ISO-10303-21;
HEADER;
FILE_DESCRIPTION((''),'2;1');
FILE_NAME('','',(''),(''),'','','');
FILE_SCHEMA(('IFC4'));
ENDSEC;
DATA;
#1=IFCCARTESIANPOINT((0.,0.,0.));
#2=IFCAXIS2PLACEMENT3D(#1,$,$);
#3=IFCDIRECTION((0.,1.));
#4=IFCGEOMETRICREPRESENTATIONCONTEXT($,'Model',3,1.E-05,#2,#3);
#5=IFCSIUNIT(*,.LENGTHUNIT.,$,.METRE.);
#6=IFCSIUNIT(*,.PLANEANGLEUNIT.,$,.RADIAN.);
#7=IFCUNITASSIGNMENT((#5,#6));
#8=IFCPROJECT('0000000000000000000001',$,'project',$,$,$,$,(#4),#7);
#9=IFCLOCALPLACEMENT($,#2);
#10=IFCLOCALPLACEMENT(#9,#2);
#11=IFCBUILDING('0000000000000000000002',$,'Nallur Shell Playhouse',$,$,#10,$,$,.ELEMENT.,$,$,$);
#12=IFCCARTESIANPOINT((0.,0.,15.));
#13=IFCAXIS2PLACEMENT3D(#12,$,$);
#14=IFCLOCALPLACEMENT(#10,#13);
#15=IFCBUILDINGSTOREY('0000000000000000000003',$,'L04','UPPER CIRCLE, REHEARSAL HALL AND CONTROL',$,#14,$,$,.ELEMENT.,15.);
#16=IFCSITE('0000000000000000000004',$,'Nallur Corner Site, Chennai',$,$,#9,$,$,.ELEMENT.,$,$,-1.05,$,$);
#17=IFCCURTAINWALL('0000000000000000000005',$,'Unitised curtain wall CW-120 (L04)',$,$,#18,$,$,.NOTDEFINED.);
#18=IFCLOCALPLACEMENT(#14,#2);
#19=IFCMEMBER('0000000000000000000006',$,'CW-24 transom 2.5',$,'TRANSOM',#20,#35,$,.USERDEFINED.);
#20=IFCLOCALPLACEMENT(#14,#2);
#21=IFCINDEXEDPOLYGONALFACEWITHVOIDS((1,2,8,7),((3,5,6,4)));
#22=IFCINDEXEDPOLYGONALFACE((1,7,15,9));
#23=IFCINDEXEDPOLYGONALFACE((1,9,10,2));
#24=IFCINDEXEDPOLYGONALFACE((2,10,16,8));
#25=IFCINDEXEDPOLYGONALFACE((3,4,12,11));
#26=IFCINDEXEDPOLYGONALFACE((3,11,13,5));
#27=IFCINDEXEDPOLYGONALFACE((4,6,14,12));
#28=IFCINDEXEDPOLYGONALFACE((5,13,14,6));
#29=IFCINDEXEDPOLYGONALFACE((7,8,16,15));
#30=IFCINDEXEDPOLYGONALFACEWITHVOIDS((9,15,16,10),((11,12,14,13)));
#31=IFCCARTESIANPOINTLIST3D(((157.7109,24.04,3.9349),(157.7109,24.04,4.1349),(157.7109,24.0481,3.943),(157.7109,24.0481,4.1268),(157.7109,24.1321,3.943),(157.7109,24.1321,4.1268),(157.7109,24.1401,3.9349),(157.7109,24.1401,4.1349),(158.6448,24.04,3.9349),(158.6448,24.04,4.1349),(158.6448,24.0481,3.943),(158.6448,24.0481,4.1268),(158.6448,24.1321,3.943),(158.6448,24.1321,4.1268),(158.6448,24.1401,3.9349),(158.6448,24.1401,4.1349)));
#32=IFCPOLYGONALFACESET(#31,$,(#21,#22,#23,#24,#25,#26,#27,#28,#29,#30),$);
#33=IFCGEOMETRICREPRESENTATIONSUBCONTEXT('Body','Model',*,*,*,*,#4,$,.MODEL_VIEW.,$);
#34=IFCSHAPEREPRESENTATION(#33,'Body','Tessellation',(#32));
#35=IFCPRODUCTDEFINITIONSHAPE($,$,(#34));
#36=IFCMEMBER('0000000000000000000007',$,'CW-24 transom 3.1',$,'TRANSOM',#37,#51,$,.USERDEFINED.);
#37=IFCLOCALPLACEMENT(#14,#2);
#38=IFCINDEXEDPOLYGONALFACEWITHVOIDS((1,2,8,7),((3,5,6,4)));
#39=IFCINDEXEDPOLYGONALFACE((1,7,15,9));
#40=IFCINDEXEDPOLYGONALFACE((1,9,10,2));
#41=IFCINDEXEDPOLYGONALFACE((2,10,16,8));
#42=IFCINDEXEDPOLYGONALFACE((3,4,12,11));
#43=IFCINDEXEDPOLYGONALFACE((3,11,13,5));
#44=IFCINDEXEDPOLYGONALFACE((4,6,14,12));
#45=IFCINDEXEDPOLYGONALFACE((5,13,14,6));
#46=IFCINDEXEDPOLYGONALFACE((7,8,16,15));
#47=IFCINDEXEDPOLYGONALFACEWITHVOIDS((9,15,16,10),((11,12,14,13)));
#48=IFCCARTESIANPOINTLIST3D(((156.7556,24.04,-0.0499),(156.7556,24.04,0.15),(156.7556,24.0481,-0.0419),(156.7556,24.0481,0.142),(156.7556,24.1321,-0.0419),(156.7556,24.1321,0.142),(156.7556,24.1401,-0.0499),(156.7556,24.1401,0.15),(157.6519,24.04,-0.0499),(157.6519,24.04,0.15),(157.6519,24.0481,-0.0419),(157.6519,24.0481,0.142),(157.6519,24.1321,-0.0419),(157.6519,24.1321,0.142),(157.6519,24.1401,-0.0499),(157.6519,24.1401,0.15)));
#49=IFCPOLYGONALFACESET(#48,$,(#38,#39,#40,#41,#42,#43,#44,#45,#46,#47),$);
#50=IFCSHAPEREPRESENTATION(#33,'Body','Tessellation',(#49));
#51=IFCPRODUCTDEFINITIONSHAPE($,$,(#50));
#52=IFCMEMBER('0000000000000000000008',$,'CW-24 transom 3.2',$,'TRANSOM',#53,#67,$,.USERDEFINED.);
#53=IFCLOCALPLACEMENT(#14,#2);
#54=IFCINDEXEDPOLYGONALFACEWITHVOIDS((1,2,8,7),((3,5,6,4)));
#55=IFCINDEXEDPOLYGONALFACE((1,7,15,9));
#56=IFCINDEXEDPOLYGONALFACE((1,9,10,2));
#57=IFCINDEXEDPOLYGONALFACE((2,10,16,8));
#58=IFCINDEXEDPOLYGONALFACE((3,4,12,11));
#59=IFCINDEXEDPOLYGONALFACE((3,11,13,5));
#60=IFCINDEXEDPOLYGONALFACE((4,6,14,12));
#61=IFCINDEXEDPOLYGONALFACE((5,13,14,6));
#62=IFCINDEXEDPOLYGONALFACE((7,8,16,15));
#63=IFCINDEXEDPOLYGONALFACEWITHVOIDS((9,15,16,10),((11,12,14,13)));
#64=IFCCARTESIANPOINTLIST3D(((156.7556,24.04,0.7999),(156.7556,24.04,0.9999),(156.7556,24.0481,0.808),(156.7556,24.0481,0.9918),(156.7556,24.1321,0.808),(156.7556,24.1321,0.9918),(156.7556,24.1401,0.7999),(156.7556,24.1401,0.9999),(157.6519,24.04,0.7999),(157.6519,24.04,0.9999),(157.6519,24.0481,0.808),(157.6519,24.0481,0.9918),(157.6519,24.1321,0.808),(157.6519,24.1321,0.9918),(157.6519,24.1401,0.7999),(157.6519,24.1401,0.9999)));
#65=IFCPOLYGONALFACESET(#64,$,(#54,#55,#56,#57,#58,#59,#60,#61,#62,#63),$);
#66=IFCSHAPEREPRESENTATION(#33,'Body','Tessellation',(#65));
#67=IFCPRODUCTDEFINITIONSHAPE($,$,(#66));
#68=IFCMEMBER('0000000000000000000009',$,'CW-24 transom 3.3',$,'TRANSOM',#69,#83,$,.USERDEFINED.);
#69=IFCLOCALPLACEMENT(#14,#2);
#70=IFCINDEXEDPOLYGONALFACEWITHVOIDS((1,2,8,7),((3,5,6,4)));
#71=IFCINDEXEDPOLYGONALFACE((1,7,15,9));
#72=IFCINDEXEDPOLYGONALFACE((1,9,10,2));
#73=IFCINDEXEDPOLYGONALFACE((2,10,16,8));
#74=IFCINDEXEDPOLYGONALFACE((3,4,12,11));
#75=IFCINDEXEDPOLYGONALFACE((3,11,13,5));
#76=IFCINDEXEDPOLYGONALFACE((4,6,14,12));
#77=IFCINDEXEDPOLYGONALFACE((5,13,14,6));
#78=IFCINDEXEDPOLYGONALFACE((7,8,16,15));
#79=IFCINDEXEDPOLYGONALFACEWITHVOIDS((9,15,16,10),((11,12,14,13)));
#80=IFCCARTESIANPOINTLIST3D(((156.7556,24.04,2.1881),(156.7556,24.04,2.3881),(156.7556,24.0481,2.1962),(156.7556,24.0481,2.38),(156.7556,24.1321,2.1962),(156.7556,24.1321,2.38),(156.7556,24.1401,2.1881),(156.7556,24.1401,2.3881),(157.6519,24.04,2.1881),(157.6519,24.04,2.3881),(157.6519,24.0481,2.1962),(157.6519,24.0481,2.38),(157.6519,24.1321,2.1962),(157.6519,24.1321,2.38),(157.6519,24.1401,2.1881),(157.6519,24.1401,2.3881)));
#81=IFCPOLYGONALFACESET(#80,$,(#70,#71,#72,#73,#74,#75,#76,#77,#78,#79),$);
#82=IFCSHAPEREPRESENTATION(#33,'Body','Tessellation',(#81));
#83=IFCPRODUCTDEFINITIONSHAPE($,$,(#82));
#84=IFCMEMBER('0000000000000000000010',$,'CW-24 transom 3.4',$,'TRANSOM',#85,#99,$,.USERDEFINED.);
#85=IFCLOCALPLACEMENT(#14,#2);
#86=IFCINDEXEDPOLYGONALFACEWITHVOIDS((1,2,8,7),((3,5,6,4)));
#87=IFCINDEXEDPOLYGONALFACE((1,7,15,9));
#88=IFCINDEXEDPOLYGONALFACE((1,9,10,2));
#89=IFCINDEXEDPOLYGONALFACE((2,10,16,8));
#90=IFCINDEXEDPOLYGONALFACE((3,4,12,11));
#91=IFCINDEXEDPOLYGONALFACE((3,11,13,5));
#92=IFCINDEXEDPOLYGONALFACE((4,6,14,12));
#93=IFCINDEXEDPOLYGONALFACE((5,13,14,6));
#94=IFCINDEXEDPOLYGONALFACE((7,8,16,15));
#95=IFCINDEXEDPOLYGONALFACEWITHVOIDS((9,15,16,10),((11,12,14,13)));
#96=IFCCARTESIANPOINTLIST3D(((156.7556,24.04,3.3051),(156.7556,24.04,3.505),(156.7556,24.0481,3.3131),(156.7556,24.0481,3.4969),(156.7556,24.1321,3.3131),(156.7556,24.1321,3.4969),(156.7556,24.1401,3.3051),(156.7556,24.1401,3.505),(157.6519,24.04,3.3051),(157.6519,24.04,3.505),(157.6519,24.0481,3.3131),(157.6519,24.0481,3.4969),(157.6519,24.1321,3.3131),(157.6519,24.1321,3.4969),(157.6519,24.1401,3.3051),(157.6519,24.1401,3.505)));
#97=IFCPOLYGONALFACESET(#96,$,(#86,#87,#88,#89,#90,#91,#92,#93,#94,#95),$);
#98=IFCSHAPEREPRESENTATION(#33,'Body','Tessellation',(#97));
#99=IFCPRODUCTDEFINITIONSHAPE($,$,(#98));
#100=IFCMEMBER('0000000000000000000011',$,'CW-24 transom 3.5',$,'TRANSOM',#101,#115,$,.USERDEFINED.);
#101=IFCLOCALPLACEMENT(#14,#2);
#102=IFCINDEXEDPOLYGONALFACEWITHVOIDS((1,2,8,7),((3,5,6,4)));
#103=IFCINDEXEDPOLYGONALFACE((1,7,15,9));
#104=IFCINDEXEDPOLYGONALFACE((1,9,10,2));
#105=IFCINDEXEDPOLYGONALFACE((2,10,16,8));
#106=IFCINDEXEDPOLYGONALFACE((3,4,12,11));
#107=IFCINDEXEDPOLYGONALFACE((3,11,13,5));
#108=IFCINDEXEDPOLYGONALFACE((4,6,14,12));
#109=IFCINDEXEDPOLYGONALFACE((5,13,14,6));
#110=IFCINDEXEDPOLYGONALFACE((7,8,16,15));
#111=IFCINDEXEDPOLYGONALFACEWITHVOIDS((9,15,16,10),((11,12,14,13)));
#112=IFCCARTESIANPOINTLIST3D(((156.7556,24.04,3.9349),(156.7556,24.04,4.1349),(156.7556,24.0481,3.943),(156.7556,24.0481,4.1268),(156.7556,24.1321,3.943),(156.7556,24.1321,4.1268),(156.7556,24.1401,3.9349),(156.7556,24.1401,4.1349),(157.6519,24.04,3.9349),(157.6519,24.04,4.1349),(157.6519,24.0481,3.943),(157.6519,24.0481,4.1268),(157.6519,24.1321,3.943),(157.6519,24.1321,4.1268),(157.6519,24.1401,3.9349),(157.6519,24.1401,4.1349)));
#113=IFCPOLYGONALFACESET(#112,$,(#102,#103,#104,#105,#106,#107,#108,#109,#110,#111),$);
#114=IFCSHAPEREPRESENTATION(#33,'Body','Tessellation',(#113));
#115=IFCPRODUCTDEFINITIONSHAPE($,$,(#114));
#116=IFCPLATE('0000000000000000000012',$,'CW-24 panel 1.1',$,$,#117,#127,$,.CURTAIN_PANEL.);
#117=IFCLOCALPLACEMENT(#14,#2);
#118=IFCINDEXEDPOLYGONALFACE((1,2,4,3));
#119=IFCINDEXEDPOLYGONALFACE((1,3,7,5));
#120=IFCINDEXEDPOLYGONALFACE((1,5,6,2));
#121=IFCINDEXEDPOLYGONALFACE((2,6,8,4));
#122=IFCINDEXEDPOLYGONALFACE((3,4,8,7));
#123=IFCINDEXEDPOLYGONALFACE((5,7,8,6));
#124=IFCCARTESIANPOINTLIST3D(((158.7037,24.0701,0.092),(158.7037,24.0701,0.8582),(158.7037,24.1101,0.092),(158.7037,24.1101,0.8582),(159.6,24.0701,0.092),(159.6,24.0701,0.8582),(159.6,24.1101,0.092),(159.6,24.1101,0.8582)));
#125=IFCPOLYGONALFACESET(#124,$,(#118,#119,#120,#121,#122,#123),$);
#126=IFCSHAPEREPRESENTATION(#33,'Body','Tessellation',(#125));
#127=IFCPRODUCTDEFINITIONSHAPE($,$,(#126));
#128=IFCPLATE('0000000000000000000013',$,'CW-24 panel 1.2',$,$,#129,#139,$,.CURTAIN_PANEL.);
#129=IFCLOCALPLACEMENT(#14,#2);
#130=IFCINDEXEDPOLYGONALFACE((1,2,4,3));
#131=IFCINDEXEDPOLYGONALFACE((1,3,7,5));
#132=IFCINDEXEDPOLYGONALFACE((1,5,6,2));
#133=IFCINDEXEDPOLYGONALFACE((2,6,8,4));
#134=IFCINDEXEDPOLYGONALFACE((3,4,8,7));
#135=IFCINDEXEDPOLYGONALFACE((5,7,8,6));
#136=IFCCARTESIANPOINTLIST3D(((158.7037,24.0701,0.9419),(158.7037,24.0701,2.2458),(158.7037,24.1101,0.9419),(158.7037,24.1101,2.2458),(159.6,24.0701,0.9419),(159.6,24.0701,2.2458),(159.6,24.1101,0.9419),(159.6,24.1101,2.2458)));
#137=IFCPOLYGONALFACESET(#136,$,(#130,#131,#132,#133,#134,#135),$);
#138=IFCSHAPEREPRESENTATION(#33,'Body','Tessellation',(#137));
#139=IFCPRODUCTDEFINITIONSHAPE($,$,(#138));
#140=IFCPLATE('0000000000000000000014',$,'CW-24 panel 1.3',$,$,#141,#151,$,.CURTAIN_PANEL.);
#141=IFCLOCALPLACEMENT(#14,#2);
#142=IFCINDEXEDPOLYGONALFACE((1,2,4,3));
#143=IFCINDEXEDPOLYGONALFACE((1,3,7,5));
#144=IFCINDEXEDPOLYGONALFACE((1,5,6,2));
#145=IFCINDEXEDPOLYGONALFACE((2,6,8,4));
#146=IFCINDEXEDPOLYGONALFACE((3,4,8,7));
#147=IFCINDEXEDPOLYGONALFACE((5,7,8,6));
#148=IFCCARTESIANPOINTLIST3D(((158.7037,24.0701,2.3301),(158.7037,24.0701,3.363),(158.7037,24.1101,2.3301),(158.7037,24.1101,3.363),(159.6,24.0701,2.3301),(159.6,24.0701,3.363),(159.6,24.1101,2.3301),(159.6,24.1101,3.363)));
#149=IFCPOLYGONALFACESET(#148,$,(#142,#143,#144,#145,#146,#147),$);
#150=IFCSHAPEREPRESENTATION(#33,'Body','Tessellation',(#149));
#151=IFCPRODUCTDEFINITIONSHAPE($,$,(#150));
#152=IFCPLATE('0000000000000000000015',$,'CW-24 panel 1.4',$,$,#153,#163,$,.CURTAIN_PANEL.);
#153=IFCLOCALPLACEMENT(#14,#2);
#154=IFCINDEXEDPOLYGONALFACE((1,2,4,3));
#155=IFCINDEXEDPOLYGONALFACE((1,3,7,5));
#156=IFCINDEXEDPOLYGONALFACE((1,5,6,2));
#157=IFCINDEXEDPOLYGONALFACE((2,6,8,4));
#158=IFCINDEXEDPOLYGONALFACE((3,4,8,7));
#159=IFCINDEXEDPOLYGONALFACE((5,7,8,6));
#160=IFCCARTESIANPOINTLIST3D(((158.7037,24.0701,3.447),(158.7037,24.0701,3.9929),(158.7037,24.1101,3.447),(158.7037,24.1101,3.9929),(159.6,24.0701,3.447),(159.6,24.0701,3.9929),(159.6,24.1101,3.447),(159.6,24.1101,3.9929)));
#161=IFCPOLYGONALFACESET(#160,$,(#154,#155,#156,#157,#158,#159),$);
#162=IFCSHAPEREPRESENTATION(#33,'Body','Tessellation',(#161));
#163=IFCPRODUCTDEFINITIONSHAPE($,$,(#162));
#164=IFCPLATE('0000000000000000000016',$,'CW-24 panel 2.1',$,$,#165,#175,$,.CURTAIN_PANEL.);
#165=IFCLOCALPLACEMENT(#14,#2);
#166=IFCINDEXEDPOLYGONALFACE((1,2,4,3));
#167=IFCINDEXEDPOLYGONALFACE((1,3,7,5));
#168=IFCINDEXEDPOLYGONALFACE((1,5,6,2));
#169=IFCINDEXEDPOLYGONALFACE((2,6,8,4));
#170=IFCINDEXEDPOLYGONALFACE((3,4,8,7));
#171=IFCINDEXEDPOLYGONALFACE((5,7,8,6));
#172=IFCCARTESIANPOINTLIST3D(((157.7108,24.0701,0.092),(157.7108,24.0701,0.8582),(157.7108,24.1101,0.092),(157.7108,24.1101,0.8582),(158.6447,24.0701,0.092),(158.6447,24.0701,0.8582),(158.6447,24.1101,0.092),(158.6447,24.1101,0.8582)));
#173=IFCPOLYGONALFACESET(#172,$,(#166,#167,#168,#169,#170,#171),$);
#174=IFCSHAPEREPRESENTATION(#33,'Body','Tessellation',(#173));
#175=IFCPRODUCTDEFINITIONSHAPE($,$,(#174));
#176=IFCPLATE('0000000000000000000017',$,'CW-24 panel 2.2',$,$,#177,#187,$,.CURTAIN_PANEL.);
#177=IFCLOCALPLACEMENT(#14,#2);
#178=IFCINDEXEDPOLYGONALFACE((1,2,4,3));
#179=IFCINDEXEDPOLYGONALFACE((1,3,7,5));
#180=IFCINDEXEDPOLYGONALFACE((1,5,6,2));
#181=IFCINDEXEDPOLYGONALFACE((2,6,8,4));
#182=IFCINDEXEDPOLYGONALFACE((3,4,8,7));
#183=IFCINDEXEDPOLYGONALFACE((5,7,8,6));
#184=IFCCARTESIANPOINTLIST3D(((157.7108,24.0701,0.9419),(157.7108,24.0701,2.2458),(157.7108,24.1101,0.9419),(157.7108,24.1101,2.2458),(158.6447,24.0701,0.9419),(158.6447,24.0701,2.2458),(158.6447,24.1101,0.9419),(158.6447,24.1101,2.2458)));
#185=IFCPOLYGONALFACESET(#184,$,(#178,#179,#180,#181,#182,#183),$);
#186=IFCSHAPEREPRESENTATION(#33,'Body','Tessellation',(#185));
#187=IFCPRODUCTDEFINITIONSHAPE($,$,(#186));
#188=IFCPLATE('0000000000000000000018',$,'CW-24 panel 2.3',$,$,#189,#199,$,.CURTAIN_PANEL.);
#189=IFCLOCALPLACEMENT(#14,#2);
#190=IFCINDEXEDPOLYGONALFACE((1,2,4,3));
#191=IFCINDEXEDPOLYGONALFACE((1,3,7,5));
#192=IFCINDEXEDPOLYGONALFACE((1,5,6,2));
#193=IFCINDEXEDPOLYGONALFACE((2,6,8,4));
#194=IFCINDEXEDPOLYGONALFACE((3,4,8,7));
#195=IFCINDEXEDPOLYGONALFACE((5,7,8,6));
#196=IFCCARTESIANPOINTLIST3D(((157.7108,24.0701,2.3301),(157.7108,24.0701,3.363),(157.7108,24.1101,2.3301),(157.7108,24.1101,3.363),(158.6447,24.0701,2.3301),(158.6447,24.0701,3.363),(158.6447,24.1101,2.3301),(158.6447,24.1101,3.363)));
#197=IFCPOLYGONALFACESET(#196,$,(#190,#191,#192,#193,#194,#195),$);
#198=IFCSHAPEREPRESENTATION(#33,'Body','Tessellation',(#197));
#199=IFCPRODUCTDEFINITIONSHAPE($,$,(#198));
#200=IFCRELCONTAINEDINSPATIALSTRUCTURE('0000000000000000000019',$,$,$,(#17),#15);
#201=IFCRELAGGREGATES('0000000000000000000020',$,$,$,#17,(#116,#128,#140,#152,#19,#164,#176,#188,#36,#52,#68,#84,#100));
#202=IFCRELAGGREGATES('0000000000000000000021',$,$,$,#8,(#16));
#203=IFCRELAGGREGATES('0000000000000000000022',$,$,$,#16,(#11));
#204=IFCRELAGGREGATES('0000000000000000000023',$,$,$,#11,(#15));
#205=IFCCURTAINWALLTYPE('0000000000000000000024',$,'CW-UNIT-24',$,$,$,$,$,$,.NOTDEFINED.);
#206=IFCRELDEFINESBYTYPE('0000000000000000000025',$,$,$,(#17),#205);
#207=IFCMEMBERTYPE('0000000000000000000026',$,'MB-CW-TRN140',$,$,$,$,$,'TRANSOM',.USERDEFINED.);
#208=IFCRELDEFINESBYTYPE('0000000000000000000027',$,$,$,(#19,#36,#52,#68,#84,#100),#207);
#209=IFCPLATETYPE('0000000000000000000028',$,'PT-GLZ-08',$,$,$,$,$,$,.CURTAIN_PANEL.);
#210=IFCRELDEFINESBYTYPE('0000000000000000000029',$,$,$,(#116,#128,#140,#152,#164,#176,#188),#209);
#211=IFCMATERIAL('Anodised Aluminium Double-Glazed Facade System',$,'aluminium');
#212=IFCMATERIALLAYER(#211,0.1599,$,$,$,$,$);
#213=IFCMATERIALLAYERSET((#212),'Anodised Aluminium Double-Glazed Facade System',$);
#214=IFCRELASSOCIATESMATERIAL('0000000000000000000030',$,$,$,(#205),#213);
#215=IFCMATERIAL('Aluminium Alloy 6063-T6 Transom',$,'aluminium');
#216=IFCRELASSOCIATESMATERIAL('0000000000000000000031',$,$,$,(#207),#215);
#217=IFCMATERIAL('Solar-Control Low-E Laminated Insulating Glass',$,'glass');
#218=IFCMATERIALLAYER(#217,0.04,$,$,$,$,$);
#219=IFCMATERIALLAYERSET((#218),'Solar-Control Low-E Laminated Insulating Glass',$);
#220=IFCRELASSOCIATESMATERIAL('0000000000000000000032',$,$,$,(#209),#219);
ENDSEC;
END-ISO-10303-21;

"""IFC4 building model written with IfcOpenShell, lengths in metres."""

from ifc_helpers import new_model, si_unit, direction, frame, origin, origin_2d, place, context, subcontext, project, spatial, rectangle, hollow_rectangle, extrude, material, layer, layer_set, material_profile, profile_set, type_object, element, aggregate, save


model = new_model("IFC4")

# Units and contexts
model_context = context("Model", 3, precision=1e-05, world=origin(), true_north=direction((0.0, 1.0)))
body_context = subcontext(model_context, "Body", "Model", "MODEL_VIEW")
ifc_project = project(units=[si_unit("LENGTHUNIT", "METRE"), si_unit("PLANEANGLEUNIT", "RADIAN")], contexts=[model_context])

# Site, building, storey
site_placement = place(None, origin())
site = spatial("IfcSite", under=ifc_project, at=site_placement, Name="Nallur Corner Site, Chennai", CompositionType="ELEMENT", RefElevation=-1.05)
building_placement = place(site_placement, origin())
building = spatial("IfcBuilding", under=site, at=building_placement, Name="Nallur Shell Playhouse", CompositionType="ELEMENT")
storey_placement = place(building_placement, frame((0.0, 0.0, 15.0)))
storey = spatial("IfcBuildingStorey", under=building, at=storey_placement, Name="L04", Description="UPPER CIRCLE, REHEARSAL HALL AND CONTROL", CompositionType="ELEMENT", Elevation=15.0)

# Shared definitions
ifc_material_1 = material(Name="Anodised Aluminium Double-Glazed Facade System", Category="aluminium")

# Curtain wall
ifc_layer_1 = layer(ifc_material_1, 0.1599)
ifc_layer_set_1 = layer_set([ifc_layer_1], Name="Anodised Aluminium Double-Glazed Facade System")
curtain_wall_type_1 = type_object("IfcCurtainWallType", Name="CW-UNIT-24", PredefinedType="NOTDEFINED", material=ifc_layer_set_1)
curtain_wall_1_placement = place(storey_placement, origin())
curtain_wall_1 = element("IfcCurtainWall", 1, at=curtain_wall_1_placement, inside=storey, type_object=curtain_wall_type_1, Name="Unitised curtain wall CW-120 (L04)", PredefinedType="NOTDEFINED")

# Members
ifc_material_2 = material(Name="Aluminium Alloy 6063-T6 Transom", Category="aluminium")
ifc_material_profile_1 = material_profile(ifc_material_2, hollow_rectangle(XDim=0.1001, YDim=0.2, WallThickness=0.0081, at=origin_2d()), Name="RHS 200x100x8")
ifc_profile_set_1 = profile_set([ifc_material_profile_1], Name="Aluminium Alloy 6063-T6 Transom")
member_type_1 = type_object("IfcMemberType", Name="MB-CW-TRN140", ElementType="TRANSOM", PredefinedType="USERDEFINED", material=ifc_profile_set_1)
member_1_placement = place(storey_placement, frame((158.6448, 24.0901, 4.0349), z_axis=(-1.0, 0.0, 0.0), x_axis=(0.0, -1.0, 0.0)))
member_1 = element("IfcMember", 2, at=member_1_placement, type_object=member_type_1, Name="CW-24 transom 2.5", ObjectType="TRANSOM", PredefinedType="USERDEFINED", context=body_context, shape_type="SweptSolid", body=[
    extrude(hollow_rectangle(XDim=0.1001, YDim=0.2, WallThickness=0.0081, at=origin_2d()), origin(), (0.0, 0.0, 1.0), 0.9338),
])
member_2_placement = place(storey_placement, frame((157.6519, 24.0901, 0.05), z_axis=(-1.0, 0.0, 0.0), x_axis=(0.0, -1.0, 0.0)))
member_2 = element("IfcMember", 3, at=member_2_placement, type_object=member_type_1, Name="CW-24 transom 3.1", ObjectType="TRANSOM", PredefinedType="USERDEFINED", context=body_context, shape_type="SweptSolid", body=[
    extrude(hollow_rectangle(XDim=0.1001, YDim=0.2, WallThickness=0.0081, at=origin_2d()), origin(), (0.0, 0.0, 1.0), 0.8962),
])
member_3_placement = place(storey_placement, frame((157.6519, 24.0901, 0.8999), z_axis=(-1.0, 0.0, 0.0), x_axis=(0.0, -1.0, 0.0)))
member_3 = element("IfcMember", 4, at=member_3_placement, type_object=member_type_1, Name="CW-24 transom 3.2", ObjectType="TRANSOM", PredefinedType="USERDEFINED", context=body_context, shape_type="SweptSolid", body=[
    extrude(hollow_rectangle(XDim=0.1001, YDim=0.2, WallThickness=0.0081, at=origin_2d()), origin(), (0.0, 0.0, 1.0), 0.8962),
])
member_4_placement = place(storey_placement, frame((157.6519, 24.0901, 2.2881), z_axis=(-1.0, 0.0, 0.0), x_axis=(0.0, -1.0, 0.0)))
member_4 = element("IfcMember", 5, at=member_4_placement, type_object=member_type_1, Name="CW-24 transom 3.3", ObjectType="TRANSOM", PredefinedType="USERDEFINED", context=body_context, shape_type="SweptSolid", body=[
    extrude(hollow_rectangle(XDim=0.1001, YDim=0.2, WallThickness=0.0081, at=origin_2d()), origin(), (0.0, 0.0, 1.0), 0.8962),
])
member_5_placement = place(storey_placement, frame((157.6519, 24.0901, 3.405), z_axis=(-1.0, 0.0, 0.0), x_axis=(0.0, -1.0, 0.0)))
member_5 = element("IfcMember", 6, at=member_5_placement, type_object=member_type_1, Name="CW-24 transom 3.4", ObjectType="TRANSOM", PredefinedType="USERDEFINED", context=body_context, shape_type="SweptSolid", body=[
    extrude(hollow_rectangle(XDim=0.1001, YDim=0.2, WallThickness=0.0081, at=origin_2d()), origin(), (0.0, 0.0, 1.0), 0.8962),
])
member_6_placement = place(storey_placement, frame((157.6519, 24.0901, 4.0349), z_axis=(-1.0, 0.0, 0.0), x_axis=(0.0, -1.0, 0.0)))
member_6 = element("IfcMember", 7, at=member_6_placement, type_object=member_type_1, Name="CW-24 transom 3.5", ObjectType="TRANSOM", PredefinedType="USERDEFINED", context=body_context, shape_type="SweptSolid", body=[
    extrude(hollow_rectangle(XDim=0.1001, YDim=0.2, WallThickness=0.0081, at=origin_2d()), origin(), (0.0, 0.0, 1.0), 0.8962),
])

# Plates
ifc_material_3 = material(Name="Solar-Control Low-E Laminated Insulating Glass", Category="glass")
ifc_layer_2 = layer(ifc_material_3, 0.04)
ifc_layer_set_2 = layer_set([ifc_layer_2], Name="Solar-Control Low-E Laminated Insulating Glass")
plate_type_1 = type_object("IfcPlateType", Name="PT-GLZ-08", PredefinedType="CURTAIN_PANEL", material=ifc_layer_set_2)
plate_1_placement = place(storey_placement, frame((159.1519, 24.0901, 0.092), z_axis=(0.0, 0.0, 1.0), x_axis=(-1.0, 0.0, 0.0)))
plate_1 = element("IfcPlate", 8, at=plate_1_placement, type_object=plate_type_1, Name="CW-24 panel 1.1", PredefinedType="CURTAIN_PANEL", context=body_context, shape_type="SweptSolid", body=[
    extrude(rectangle(XDim=0.8962, YDim=0.04, at=origin_2d()), origin(), (0.0, 0.0, 1.0), 0.7661),
])
plate_2_placement = place(storey_placement, frame((159.1519, 24.0901, 0.9419), z_axis=(0.0, 0.0, 1.0), x_axis=(-1.0, 0.0, 0.0)))
plate_2 = element("IfcPlate", 9, at=plate_2_placement, type_object=plate_type_1, Name="CW-24 panel 1.2", PredefinedType="CURTAIN_PANEL", context=body_context, shape_type="SweptSolid", body=[
    extrude(rectangle(XDim=0.8962, YDim=0.04, at=origin_2d()), origin(), (0.0, 0.0, 1.0), 1.304),
])
plate_3_placement = place(storey_placement, frame((159.1519, 24.0901, 2.3301), z_axis=(0.0, 0.0, 1.0), x_axis=(-1.0, 0.0, 0.0)))
plate_3 = element("IfcPlate", 10, at=plate_3_placement, type_object=plate_type_1, Name="CW-24 panel 1.3", PredefinedType="CURTAIN_PANEL", context=body_context, shape_type="SweptSolid", body=[
    extrude(rectangle(XDim=0.8962, YDim=0.04, at=origin_2d()), origin(), (0.0, 0.0, 1.0), 1.033),
])
plate_4_placement = place(storey_placement, frame((159.1519, 24.0901, 3.447), z_axis=(0.0, 0.0, 1.0), x_axis=(-1.0, 0.0, 0.0)))
plate_4 = element("IfcPlate", 11, at=plate_4_placement, type_object=plate_type_1, Name="CW-24 panel 1.4", PredefinedType="CURTAIN_PANEL", context=body_context, shape_type="SweptSolid", body=[
    extrude(rectangle(XDim=0.8962, YDim=0.04, at=origin_2d()), origin(), (0.0, 0.0, 1.0), 0.5459),
])
plate_5_placement = place(storey_placement, frame((158.1777, 24.0901, 0.092), z_axis=(0.0, 0.0, 1.0), x_axis=(-1.0, 0.0, 0.0)))
plate_5 = element("IfcPlate", 12, at=plate_5_placement, type_object=plate_type_1, Name="CW-24 panel 2.1", PredefinedType="CURTAIN_PANEL", context=body_context, shape_type="SweptSolid", body=[
    extrude(rectangle(XDim=0.9338, YDim=0.04, at=origin_2d()), origin(), (0.0, 0.0, 1.0), 0.7661),
])
plate_6_placement = place(storey_placement, frame((158.1777, 24.0901, 0.9419), z_axis=(0.0, 0.0, 1.0), x_axis=(-1.0, 0.0, 0.0)))
plate_6 = element("IfcPlate", 13, at=plate_6_placement, type_object=plate_type_1, Name="CW-24 panel 2.2", PredefinedType="CURTAIN_PANEL", context=body_context, shape_type="SweptSolid", body=[
    extrude(rectangle(XDim=0.9338, YDim=0.04, at=origin_2d()), origin(), (0.0, 0.0, 1.0), 1.304),
])
plate_7_placement = place(storey_placement, frame((158.1777, 24.0901, 2.3301), z_axis=(0.0, 0.0, 1.0), x_axis=(-1.0, 0.0, 0.0)))
plate_7 = element("IfcPlate", 14, at=plate_7_placement, type_object=plate_type_1, Name="CW-24 panel 2.3", PredefinedType="CURTAIN_PANEL", context=body_context, shape_type="SweptSolid", body=[
    extrude(rectangle(XDim=0.9338, YDim=0.04, at=origin_2d()), origin(), (0.0, 0.0, 1.0), 1.033),
])
aggregate(curtain_wall_1, [plate_1, plate_2, plate_3, plate_4, member_1, plate_5, plate_6, plate_7, member_2, member_3, member_4, member_5, member_6])

save(model, "model.ifc")
